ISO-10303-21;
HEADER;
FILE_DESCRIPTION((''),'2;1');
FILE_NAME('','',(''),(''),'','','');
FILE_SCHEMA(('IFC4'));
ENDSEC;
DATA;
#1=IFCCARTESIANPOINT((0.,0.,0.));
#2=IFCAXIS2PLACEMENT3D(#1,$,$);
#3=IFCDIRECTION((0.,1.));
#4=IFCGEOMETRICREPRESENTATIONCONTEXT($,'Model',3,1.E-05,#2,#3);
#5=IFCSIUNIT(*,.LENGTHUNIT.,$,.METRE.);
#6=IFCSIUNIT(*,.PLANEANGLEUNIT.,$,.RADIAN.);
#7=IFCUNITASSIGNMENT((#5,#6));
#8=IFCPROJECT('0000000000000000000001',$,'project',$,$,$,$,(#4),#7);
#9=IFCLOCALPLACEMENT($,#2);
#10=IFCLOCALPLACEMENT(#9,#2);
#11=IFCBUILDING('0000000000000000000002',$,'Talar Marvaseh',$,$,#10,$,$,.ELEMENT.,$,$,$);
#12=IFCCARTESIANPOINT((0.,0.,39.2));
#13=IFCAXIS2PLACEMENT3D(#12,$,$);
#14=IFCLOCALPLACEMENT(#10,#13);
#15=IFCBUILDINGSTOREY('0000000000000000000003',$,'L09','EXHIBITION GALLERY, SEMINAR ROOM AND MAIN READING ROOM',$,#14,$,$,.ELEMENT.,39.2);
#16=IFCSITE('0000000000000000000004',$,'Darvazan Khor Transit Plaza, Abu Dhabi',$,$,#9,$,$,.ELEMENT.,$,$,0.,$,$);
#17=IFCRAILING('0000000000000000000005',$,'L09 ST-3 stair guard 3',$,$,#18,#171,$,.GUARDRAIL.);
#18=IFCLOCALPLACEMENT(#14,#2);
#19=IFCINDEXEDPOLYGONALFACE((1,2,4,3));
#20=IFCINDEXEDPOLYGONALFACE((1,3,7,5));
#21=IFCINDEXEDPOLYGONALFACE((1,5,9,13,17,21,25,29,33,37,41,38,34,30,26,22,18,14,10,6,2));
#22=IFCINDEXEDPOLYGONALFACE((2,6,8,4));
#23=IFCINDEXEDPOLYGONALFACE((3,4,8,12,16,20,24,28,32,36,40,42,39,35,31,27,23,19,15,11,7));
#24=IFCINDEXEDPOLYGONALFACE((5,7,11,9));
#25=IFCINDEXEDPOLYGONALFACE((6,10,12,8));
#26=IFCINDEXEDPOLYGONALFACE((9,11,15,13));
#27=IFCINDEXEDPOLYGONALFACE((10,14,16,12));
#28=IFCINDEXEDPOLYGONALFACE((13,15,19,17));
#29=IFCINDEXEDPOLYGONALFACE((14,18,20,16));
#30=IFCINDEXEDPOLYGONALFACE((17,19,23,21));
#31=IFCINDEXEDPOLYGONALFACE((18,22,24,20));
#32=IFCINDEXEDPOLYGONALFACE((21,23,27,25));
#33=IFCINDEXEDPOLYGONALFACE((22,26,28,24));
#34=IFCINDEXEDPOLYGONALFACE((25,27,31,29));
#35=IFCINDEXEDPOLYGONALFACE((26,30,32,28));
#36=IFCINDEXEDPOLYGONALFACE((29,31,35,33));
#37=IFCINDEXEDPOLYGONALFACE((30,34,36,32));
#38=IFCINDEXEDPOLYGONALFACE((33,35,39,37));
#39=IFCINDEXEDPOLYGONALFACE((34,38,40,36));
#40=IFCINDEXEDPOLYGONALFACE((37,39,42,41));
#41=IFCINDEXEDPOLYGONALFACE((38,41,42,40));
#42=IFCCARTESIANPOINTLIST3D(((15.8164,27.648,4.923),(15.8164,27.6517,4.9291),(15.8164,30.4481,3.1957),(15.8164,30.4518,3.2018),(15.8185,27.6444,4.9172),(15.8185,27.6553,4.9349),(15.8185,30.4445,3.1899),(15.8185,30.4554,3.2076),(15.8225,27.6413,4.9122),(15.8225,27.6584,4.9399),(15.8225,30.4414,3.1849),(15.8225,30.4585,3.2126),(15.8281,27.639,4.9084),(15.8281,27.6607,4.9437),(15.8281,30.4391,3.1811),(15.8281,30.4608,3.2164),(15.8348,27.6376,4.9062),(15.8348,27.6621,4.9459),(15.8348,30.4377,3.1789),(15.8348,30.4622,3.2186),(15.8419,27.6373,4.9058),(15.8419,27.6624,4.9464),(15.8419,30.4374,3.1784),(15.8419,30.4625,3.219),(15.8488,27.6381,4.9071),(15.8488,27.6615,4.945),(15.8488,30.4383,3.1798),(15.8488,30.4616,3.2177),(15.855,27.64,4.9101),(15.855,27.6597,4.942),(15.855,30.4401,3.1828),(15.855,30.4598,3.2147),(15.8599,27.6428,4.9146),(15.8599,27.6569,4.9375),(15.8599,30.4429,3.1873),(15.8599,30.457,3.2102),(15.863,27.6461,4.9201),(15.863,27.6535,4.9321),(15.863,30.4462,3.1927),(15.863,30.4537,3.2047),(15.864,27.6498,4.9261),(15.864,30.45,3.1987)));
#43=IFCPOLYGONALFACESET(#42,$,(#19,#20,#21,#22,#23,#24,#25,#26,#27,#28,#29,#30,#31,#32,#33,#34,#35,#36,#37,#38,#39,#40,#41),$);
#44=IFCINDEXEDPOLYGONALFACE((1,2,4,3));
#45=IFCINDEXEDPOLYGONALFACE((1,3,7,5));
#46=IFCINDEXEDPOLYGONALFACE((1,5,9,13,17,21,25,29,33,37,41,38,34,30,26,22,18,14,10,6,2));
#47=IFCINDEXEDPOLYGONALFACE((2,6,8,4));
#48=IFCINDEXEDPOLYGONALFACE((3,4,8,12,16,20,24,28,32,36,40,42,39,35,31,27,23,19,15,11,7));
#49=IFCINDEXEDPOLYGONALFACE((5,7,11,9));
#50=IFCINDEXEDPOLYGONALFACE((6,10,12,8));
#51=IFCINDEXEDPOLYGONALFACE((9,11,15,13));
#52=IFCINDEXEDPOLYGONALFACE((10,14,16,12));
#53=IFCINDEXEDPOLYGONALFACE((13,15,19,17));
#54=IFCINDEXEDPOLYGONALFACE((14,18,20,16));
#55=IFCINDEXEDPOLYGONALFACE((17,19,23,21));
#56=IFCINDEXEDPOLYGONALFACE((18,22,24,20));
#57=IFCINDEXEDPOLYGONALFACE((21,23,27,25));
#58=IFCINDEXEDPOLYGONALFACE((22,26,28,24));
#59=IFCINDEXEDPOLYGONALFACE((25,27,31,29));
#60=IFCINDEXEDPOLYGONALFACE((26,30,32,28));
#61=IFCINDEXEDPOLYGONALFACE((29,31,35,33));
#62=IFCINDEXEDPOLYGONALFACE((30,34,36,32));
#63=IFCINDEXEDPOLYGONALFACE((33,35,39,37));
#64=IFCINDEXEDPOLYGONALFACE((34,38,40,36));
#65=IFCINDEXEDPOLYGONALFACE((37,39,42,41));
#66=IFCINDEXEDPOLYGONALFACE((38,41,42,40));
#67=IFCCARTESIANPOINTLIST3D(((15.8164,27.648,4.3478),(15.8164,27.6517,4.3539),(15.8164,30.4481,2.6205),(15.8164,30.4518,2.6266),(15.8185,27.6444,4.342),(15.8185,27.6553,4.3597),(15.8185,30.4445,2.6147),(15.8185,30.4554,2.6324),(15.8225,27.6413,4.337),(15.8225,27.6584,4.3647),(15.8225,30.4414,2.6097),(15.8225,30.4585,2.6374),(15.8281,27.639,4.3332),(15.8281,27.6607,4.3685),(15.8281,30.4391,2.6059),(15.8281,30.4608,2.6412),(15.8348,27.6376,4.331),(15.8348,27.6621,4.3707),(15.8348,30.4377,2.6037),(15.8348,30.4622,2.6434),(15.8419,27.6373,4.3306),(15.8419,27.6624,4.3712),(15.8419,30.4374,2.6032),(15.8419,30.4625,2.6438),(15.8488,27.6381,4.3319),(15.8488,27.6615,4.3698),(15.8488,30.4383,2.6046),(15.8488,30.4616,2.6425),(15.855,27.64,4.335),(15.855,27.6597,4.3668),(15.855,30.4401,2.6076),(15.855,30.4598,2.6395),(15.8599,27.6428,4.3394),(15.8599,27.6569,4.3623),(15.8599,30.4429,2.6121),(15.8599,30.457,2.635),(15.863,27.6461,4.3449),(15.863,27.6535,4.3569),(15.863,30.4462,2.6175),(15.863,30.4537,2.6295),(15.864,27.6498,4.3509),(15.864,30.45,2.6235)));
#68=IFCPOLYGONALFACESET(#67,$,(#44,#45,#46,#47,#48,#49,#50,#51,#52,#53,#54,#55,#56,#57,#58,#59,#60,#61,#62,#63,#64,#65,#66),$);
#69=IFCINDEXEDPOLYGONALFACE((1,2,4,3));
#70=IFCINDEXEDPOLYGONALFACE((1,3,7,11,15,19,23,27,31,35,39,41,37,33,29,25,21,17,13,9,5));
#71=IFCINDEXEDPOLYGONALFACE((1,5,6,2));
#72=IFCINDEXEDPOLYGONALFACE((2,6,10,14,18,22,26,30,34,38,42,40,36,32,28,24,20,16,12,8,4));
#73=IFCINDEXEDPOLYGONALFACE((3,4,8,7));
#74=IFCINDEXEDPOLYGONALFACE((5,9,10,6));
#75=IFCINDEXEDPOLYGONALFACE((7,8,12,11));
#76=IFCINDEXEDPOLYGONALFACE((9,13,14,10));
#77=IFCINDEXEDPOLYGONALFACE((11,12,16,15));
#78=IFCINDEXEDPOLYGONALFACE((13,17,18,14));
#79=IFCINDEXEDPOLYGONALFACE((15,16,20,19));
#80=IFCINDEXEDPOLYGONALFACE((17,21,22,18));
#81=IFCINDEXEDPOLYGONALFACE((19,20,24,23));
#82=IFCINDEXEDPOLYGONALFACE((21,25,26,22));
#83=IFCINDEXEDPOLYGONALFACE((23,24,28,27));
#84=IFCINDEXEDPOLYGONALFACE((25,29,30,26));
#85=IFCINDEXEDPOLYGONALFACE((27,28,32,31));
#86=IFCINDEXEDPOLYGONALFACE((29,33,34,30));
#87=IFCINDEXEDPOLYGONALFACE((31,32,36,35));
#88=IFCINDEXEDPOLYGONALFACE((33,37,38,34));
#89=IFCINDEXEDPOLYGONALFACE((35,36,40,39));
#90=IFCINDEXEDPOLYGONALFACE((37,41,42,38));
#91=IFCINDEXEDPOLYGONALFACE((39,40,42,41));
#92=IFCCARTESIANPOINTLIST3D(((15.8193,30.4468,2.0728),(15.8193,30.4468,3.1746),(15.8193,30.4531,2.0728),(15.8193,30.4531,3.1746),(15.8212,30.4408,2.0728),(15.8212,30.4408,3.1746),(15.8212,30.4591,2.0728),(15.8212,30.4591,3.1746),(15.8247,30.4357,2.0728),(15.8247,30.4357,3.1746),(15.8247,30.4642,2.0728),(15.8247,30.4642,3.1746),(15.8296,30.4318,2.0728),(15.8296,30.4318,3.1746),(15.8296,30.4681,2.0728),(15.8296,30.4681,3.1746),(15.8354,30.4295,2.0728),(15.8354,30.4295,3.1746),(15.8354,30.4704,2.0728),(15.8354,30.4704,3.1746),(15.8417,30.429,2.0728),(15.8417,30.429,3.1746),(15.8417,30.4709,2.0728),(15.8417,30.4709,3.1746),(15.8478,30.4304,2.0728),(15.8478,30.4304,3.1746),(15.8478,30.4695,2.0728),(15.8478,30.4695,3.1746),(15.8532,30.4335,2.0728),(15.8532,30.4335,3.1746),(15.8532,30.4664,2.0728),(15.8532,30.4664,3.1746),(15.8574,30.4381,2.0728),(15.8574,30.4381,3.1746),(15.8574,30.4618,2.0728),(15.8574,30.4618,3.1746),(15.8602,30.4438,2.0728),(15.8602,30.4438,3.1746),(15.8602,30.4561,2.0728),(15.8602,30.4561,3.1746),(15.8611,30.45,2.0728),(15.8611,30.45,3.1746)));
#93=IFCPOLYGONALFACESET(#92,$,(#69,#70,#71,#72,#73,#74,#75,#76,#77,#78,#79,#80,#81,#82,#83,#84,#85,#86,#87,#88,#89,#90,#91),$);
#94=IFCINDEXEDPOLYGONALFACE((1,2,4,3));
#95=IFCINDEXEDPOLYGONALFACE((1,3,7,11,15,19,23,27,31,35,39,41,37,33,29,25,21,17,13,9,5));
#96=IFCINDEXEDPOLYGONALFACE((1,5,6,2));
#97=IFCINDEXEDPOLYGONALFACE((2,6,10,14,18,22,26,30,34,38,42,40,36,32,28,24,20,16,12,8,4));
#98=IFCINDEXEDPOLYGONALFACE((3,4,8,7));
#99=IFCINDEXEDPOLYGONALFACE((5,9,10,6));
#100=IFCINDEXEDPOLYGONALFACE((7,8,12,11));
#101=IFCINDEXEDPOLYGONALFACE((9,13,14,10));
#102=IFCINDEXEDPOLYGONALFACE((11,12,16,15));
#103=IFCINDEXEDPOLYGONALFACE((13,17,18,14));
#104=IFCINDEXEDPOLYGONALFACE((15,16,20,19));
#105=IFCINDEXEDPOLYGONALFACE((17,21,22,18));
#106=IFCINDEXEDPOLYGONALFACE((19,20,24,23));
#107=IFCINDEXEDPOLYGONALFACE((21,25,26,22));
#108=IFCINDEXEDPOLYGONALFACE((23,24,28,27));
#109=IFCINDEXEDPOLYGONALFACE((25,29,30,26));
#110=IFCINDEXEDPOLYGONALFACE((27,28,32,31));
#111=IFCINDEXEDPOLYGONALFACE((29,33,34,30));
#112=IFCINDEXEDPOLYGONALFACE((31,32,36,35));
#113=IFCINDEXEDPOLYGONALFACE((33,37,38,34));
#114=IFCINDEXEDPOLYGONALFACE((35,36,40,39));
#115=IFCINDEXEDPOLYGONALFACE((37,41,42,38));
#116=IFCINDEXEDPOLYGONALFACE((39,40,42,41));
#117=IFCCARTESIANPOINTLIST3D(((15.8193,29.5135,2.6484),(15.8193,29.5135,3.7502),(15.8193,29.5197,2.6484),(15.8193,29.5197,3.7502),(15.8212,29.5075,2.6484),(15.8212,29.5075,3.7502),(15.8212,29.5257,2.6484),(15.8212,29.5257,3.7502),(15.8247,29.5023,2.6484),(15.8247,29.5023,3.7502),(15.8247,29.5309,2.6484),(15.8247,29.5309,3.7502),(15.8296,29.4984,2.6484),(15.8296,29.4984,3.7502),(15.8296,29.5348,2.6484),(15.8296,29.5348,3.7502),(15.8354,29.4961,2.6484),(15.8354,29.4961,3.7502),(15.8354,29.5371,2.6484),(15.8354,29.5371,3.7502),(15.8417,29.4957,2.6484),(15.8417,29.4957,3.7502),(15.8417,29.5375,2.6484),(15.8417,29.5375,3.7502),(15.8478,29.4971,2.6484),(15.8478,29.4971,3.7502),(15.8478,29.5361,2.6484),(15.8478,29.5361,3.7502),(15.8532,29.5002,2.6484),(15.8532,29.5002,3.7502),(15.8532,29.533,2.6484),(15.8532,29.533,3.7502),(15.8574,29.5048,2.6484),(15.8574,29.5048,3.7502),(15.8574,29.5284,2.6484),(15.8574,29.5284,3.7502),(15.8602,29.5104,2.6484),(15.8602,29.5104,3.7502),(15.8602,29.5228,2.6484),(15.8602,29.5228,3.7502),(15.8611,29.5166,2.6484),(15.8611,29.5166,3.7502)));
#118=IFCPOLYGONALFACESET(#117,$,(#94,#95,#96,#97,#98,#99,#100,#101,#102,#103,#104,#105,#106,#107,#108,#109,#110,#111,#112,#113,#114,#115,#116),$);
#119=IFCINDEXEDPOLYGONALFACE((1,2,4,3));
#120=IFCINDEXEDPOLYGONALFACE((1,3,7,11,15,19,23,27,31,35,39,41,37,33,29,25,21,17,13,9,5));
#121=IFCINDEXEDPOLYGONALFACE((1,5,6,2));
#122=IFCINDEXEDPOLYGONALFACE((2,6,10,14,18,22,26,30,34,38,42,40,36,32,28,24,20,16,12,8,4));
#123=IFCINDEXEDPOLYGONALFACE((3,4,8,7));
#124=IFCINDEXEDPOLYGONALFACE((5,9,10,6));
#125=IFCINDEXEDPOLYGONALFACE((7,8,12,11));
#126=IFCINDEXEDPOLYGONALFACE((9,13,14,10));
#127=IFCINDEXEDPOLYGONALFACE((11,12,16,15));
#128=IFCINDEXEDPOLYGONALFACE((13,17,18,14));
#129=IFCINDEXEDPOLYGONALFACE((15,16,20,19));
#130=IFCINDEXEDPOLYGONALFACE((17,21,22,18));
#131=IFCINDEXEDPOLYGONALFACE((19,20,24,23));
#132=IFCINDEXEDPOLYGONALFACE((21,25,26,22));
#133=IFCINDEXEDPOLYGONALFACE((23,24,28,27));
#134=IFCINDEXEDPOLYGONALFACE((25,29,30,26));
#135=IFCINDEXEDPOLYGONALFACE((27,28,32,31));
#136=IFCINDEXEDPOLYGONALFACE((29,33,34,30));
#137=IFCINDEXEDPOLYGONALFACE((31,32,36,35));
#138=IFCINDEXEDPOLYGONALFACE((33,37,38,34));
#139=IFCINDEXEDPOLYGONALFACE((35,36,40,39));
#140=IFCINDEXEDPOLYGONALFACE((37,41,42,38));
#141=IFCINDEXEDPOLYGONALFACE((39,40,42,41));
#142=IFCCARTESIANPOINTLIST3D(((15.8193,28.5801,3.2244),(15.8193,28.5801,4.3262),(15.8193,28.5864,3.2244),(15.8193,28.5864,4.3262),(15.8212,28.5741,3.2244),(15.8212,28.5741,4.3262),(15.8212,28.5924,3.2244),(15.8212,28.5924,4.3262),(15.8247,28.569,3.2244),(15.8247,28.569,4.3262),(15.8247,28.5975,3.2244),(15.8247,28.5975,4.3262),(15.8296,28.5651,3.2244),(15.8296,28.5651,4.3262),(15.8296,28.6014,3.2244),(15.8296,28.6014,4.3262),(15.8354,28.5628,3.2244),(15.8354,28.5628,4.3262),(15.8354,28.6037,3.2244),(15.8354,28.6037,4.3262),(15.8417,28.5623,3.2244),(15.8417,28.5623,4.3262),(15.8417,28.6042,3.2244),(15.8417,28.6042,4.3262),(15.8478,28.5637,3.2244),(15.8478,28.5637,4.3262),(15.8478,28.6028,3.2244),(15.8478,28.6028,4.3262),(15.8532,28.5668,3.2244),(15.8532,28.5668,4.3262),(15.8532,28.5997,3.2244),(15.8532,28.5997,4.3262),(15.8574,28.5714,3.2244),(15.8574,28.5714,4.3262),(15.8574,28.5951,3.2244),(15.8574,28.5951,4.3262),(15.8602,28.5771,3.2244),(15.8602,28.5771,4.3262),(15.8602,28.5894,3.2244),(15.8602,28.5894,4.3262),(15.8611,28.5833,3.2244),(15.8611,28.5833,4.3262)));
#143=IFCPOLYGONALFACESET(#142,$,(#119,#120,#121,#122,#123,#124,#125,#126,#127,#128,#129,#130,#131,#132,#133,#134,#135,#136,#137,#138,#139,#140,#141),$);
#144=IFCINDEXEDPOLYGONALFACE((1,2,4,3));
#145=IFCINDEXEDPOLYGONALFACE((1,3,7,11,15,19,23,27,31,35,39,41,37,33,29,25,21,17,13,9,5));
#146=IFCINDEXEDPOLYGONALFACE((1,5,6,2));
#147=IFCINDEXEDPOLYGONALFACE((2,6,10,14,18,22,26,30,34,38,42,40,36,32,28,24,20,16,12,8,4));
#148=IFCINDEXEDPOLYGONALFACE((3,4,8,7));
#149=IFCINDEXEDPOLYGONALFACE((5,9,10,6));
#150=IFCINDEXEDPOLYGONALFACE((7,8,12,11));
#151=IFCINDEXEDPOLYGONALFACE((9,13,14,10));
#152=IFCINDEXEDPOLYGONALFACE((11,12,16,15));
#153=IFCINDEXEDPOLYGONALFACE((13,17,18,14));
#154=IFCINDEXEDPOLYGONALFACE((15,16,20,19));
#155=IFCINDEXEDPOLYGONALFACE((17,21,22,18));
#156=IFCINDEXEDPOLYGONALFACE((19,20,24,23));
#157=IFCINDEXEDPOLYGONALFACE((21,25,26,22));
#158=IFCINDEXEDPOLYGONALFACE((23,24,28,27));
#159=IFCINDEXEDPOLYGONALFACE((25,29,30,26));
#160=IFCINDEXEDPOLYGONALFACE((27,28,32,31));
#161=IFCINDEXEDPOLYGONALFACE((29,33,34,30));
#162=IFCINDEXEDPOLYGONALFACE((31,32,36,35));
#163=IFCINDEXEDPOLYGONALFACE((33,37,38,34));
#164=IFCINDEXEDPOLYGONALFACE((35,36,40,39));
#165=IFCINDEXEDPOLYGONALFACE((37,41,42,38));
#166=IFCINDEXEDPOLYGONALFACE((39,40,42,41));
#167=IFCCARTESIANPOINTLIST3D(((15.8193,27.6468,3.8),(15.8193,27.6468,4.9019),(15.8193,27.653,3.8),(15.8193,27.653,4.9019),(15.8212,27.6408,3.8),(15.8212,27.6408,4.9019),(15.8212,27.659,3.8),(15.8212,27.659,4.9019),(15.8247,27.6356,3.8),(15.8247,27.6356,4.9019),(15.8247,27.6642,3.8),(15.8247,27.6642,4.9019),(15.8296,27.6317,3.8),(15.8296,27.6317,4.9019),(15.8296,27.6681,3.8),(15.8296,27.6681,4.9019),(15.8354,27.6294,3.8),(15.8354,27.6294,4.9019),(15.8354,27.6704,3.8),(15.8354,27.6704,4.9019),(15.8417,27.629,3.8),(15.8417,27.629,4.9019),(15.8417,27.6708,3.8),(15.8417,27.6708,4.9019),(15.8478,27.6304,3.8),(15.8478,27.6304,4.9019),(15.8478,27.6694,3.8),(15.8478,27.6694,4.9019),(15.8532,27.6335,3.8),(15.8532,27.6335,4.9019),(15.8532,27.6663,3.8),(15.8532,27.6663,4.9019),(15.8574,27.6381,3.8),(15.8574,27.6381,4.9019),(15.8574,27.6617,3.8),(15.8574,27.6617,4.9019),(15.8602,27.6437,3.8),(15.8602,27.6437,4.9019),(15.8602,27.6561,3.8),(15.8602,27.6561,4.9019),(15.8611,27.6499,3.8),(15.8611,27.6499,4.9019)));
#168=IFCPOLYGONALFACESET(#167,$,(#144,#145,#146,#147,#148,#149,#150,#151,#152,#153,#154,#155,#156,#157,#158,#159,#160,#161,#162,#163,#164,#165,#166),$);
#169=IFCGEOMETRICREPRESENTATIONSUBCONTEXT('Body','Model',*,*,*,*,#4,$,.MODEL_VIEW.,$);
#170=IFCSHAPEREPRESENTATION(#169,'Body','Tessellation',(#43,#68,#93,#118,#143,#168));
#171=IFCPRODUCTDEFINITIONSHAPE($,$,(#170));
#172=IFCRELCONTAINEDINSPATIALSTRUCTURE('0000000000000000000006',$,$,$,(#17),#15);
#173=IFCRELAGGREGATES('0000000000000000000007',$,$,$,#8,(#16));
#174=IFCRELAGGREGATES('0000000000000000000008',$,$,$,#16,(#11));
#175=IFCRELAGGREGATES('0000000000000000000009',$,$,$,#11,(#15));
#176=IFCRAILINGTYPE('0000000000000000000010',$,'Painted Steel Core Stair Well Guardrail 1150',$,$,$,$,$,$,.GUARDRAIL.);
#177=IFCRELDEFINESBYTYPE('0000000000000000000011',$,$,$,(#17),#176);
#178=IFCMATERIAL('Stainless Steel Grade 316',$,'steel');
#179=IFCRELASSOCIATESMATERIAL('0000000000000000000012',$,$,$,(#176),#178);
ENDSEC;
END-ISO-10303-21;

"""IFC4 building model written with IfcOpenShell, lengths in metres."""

from ifc_helpers import new_model, si_unit, direction, frame, origin, origin_2d, place, context, subcontext, project, spatial, circle, extrude, material, type_object, element, save


model = new_model("IFC4")

# Units and contexts
model_context = context("Model", 3, precision=1e-05, world=origin(), true_north=direction((0.0, 1.0)))
body_context = subcontext(model_context, "Body", "Model", "MODEL_VIEW")
ifc_project = project(units=[si_unit("LENGTHUNIT", "METRE"), si_unit("PLANEANGLEUNIT", "RADIAN")], contexts=[model_context])

# Site, building, storey
site_placement = place(None, origin())
site = spatial("IfcSite", under=ifc_project, at=site_placement, Name="Darvazan Khor Transit Plaza, Abu Dhabi", CompositionType="ELEMENT", RefElevation=0.0)
building_placement = place(site_placement, origin())
building = spatial("IfcBuilding", under=site, at=building_placement, Name="Talar Marvaseh", CompositionType="ELEMENT")
storey_placement = place(building_placement, frame((0.0, 0.0, 39.2)))
storey = spatial("IfcBuildingStorey", under=building, at=storey_placement, Name="L09", Description="EXHIBITION GALLERY, SEMINAR ROOM AND MAIN READING ROOM", CompositionType="ELEMENT", Elevation=39.2)

# Railing
ifc_material_1 = material(Name="Stainless Steel Grade 316", Category="steel")
railing_type_1 = type_object("IfcRailingType", Name="Painted Steel Core Stair Well Guardrail 1150", PredefinedType="GUARDRAIL", material=ifc_material_1)
railing_1_placement = place(storey_placement, frame((15.8401, 30.45, 2.0728)))
element("IfcRailing", 1, at=railing_1_placement, inside=storey, type_object=railing_type_1, Name="L09 ST-3 stair guard 3", PredefinedType="GUARDRAIL", context=body_context, shape_type="SweptSolid", body=[
    extrude(circle(Radius=0.0239, at=origin_2d()), frame((0.0, 0.0, 1.126), z_axis=(0.0, -0.85109, 0.52502), x_axis=(1.0, 0.0, 0.0)), (0.0, 0.0, 1.0), 3.29),
    extrude(circle(Radius=0.0239, at=origin_2d()), frame((0.0, 0.0, 0.5508), z_axis=(0.0, -0.85109, 0.52502), x_axis=(1.0, 0.0, 0.0)), (0.0, 0.0, 1.0), 3.29),
    extrude(circle(Radius=0.021, at=origin_2d()), origin(), (0.0, 0.0, 1.0), 1.1018),
    extrude(circle(Radius=0.021, at=origin_2d()), frame((0.0, -0.9333, 0.5757)), (0.0, 0.0, 1.0), 1.1018),
    extrude(circle(Radius=0.021, at=origin_2d()), frame((0.0, -1.8667, 1.1516)), (0.0, 0.0, 1.0), 1.1018),
    extrude(circle(Radius=0.021, at=origin_2d()), frame((0.0, -2.8, 1.7273)), (0.0, 0.0, 1.0), 1.1018),
])

save(model, "model.ifc")
